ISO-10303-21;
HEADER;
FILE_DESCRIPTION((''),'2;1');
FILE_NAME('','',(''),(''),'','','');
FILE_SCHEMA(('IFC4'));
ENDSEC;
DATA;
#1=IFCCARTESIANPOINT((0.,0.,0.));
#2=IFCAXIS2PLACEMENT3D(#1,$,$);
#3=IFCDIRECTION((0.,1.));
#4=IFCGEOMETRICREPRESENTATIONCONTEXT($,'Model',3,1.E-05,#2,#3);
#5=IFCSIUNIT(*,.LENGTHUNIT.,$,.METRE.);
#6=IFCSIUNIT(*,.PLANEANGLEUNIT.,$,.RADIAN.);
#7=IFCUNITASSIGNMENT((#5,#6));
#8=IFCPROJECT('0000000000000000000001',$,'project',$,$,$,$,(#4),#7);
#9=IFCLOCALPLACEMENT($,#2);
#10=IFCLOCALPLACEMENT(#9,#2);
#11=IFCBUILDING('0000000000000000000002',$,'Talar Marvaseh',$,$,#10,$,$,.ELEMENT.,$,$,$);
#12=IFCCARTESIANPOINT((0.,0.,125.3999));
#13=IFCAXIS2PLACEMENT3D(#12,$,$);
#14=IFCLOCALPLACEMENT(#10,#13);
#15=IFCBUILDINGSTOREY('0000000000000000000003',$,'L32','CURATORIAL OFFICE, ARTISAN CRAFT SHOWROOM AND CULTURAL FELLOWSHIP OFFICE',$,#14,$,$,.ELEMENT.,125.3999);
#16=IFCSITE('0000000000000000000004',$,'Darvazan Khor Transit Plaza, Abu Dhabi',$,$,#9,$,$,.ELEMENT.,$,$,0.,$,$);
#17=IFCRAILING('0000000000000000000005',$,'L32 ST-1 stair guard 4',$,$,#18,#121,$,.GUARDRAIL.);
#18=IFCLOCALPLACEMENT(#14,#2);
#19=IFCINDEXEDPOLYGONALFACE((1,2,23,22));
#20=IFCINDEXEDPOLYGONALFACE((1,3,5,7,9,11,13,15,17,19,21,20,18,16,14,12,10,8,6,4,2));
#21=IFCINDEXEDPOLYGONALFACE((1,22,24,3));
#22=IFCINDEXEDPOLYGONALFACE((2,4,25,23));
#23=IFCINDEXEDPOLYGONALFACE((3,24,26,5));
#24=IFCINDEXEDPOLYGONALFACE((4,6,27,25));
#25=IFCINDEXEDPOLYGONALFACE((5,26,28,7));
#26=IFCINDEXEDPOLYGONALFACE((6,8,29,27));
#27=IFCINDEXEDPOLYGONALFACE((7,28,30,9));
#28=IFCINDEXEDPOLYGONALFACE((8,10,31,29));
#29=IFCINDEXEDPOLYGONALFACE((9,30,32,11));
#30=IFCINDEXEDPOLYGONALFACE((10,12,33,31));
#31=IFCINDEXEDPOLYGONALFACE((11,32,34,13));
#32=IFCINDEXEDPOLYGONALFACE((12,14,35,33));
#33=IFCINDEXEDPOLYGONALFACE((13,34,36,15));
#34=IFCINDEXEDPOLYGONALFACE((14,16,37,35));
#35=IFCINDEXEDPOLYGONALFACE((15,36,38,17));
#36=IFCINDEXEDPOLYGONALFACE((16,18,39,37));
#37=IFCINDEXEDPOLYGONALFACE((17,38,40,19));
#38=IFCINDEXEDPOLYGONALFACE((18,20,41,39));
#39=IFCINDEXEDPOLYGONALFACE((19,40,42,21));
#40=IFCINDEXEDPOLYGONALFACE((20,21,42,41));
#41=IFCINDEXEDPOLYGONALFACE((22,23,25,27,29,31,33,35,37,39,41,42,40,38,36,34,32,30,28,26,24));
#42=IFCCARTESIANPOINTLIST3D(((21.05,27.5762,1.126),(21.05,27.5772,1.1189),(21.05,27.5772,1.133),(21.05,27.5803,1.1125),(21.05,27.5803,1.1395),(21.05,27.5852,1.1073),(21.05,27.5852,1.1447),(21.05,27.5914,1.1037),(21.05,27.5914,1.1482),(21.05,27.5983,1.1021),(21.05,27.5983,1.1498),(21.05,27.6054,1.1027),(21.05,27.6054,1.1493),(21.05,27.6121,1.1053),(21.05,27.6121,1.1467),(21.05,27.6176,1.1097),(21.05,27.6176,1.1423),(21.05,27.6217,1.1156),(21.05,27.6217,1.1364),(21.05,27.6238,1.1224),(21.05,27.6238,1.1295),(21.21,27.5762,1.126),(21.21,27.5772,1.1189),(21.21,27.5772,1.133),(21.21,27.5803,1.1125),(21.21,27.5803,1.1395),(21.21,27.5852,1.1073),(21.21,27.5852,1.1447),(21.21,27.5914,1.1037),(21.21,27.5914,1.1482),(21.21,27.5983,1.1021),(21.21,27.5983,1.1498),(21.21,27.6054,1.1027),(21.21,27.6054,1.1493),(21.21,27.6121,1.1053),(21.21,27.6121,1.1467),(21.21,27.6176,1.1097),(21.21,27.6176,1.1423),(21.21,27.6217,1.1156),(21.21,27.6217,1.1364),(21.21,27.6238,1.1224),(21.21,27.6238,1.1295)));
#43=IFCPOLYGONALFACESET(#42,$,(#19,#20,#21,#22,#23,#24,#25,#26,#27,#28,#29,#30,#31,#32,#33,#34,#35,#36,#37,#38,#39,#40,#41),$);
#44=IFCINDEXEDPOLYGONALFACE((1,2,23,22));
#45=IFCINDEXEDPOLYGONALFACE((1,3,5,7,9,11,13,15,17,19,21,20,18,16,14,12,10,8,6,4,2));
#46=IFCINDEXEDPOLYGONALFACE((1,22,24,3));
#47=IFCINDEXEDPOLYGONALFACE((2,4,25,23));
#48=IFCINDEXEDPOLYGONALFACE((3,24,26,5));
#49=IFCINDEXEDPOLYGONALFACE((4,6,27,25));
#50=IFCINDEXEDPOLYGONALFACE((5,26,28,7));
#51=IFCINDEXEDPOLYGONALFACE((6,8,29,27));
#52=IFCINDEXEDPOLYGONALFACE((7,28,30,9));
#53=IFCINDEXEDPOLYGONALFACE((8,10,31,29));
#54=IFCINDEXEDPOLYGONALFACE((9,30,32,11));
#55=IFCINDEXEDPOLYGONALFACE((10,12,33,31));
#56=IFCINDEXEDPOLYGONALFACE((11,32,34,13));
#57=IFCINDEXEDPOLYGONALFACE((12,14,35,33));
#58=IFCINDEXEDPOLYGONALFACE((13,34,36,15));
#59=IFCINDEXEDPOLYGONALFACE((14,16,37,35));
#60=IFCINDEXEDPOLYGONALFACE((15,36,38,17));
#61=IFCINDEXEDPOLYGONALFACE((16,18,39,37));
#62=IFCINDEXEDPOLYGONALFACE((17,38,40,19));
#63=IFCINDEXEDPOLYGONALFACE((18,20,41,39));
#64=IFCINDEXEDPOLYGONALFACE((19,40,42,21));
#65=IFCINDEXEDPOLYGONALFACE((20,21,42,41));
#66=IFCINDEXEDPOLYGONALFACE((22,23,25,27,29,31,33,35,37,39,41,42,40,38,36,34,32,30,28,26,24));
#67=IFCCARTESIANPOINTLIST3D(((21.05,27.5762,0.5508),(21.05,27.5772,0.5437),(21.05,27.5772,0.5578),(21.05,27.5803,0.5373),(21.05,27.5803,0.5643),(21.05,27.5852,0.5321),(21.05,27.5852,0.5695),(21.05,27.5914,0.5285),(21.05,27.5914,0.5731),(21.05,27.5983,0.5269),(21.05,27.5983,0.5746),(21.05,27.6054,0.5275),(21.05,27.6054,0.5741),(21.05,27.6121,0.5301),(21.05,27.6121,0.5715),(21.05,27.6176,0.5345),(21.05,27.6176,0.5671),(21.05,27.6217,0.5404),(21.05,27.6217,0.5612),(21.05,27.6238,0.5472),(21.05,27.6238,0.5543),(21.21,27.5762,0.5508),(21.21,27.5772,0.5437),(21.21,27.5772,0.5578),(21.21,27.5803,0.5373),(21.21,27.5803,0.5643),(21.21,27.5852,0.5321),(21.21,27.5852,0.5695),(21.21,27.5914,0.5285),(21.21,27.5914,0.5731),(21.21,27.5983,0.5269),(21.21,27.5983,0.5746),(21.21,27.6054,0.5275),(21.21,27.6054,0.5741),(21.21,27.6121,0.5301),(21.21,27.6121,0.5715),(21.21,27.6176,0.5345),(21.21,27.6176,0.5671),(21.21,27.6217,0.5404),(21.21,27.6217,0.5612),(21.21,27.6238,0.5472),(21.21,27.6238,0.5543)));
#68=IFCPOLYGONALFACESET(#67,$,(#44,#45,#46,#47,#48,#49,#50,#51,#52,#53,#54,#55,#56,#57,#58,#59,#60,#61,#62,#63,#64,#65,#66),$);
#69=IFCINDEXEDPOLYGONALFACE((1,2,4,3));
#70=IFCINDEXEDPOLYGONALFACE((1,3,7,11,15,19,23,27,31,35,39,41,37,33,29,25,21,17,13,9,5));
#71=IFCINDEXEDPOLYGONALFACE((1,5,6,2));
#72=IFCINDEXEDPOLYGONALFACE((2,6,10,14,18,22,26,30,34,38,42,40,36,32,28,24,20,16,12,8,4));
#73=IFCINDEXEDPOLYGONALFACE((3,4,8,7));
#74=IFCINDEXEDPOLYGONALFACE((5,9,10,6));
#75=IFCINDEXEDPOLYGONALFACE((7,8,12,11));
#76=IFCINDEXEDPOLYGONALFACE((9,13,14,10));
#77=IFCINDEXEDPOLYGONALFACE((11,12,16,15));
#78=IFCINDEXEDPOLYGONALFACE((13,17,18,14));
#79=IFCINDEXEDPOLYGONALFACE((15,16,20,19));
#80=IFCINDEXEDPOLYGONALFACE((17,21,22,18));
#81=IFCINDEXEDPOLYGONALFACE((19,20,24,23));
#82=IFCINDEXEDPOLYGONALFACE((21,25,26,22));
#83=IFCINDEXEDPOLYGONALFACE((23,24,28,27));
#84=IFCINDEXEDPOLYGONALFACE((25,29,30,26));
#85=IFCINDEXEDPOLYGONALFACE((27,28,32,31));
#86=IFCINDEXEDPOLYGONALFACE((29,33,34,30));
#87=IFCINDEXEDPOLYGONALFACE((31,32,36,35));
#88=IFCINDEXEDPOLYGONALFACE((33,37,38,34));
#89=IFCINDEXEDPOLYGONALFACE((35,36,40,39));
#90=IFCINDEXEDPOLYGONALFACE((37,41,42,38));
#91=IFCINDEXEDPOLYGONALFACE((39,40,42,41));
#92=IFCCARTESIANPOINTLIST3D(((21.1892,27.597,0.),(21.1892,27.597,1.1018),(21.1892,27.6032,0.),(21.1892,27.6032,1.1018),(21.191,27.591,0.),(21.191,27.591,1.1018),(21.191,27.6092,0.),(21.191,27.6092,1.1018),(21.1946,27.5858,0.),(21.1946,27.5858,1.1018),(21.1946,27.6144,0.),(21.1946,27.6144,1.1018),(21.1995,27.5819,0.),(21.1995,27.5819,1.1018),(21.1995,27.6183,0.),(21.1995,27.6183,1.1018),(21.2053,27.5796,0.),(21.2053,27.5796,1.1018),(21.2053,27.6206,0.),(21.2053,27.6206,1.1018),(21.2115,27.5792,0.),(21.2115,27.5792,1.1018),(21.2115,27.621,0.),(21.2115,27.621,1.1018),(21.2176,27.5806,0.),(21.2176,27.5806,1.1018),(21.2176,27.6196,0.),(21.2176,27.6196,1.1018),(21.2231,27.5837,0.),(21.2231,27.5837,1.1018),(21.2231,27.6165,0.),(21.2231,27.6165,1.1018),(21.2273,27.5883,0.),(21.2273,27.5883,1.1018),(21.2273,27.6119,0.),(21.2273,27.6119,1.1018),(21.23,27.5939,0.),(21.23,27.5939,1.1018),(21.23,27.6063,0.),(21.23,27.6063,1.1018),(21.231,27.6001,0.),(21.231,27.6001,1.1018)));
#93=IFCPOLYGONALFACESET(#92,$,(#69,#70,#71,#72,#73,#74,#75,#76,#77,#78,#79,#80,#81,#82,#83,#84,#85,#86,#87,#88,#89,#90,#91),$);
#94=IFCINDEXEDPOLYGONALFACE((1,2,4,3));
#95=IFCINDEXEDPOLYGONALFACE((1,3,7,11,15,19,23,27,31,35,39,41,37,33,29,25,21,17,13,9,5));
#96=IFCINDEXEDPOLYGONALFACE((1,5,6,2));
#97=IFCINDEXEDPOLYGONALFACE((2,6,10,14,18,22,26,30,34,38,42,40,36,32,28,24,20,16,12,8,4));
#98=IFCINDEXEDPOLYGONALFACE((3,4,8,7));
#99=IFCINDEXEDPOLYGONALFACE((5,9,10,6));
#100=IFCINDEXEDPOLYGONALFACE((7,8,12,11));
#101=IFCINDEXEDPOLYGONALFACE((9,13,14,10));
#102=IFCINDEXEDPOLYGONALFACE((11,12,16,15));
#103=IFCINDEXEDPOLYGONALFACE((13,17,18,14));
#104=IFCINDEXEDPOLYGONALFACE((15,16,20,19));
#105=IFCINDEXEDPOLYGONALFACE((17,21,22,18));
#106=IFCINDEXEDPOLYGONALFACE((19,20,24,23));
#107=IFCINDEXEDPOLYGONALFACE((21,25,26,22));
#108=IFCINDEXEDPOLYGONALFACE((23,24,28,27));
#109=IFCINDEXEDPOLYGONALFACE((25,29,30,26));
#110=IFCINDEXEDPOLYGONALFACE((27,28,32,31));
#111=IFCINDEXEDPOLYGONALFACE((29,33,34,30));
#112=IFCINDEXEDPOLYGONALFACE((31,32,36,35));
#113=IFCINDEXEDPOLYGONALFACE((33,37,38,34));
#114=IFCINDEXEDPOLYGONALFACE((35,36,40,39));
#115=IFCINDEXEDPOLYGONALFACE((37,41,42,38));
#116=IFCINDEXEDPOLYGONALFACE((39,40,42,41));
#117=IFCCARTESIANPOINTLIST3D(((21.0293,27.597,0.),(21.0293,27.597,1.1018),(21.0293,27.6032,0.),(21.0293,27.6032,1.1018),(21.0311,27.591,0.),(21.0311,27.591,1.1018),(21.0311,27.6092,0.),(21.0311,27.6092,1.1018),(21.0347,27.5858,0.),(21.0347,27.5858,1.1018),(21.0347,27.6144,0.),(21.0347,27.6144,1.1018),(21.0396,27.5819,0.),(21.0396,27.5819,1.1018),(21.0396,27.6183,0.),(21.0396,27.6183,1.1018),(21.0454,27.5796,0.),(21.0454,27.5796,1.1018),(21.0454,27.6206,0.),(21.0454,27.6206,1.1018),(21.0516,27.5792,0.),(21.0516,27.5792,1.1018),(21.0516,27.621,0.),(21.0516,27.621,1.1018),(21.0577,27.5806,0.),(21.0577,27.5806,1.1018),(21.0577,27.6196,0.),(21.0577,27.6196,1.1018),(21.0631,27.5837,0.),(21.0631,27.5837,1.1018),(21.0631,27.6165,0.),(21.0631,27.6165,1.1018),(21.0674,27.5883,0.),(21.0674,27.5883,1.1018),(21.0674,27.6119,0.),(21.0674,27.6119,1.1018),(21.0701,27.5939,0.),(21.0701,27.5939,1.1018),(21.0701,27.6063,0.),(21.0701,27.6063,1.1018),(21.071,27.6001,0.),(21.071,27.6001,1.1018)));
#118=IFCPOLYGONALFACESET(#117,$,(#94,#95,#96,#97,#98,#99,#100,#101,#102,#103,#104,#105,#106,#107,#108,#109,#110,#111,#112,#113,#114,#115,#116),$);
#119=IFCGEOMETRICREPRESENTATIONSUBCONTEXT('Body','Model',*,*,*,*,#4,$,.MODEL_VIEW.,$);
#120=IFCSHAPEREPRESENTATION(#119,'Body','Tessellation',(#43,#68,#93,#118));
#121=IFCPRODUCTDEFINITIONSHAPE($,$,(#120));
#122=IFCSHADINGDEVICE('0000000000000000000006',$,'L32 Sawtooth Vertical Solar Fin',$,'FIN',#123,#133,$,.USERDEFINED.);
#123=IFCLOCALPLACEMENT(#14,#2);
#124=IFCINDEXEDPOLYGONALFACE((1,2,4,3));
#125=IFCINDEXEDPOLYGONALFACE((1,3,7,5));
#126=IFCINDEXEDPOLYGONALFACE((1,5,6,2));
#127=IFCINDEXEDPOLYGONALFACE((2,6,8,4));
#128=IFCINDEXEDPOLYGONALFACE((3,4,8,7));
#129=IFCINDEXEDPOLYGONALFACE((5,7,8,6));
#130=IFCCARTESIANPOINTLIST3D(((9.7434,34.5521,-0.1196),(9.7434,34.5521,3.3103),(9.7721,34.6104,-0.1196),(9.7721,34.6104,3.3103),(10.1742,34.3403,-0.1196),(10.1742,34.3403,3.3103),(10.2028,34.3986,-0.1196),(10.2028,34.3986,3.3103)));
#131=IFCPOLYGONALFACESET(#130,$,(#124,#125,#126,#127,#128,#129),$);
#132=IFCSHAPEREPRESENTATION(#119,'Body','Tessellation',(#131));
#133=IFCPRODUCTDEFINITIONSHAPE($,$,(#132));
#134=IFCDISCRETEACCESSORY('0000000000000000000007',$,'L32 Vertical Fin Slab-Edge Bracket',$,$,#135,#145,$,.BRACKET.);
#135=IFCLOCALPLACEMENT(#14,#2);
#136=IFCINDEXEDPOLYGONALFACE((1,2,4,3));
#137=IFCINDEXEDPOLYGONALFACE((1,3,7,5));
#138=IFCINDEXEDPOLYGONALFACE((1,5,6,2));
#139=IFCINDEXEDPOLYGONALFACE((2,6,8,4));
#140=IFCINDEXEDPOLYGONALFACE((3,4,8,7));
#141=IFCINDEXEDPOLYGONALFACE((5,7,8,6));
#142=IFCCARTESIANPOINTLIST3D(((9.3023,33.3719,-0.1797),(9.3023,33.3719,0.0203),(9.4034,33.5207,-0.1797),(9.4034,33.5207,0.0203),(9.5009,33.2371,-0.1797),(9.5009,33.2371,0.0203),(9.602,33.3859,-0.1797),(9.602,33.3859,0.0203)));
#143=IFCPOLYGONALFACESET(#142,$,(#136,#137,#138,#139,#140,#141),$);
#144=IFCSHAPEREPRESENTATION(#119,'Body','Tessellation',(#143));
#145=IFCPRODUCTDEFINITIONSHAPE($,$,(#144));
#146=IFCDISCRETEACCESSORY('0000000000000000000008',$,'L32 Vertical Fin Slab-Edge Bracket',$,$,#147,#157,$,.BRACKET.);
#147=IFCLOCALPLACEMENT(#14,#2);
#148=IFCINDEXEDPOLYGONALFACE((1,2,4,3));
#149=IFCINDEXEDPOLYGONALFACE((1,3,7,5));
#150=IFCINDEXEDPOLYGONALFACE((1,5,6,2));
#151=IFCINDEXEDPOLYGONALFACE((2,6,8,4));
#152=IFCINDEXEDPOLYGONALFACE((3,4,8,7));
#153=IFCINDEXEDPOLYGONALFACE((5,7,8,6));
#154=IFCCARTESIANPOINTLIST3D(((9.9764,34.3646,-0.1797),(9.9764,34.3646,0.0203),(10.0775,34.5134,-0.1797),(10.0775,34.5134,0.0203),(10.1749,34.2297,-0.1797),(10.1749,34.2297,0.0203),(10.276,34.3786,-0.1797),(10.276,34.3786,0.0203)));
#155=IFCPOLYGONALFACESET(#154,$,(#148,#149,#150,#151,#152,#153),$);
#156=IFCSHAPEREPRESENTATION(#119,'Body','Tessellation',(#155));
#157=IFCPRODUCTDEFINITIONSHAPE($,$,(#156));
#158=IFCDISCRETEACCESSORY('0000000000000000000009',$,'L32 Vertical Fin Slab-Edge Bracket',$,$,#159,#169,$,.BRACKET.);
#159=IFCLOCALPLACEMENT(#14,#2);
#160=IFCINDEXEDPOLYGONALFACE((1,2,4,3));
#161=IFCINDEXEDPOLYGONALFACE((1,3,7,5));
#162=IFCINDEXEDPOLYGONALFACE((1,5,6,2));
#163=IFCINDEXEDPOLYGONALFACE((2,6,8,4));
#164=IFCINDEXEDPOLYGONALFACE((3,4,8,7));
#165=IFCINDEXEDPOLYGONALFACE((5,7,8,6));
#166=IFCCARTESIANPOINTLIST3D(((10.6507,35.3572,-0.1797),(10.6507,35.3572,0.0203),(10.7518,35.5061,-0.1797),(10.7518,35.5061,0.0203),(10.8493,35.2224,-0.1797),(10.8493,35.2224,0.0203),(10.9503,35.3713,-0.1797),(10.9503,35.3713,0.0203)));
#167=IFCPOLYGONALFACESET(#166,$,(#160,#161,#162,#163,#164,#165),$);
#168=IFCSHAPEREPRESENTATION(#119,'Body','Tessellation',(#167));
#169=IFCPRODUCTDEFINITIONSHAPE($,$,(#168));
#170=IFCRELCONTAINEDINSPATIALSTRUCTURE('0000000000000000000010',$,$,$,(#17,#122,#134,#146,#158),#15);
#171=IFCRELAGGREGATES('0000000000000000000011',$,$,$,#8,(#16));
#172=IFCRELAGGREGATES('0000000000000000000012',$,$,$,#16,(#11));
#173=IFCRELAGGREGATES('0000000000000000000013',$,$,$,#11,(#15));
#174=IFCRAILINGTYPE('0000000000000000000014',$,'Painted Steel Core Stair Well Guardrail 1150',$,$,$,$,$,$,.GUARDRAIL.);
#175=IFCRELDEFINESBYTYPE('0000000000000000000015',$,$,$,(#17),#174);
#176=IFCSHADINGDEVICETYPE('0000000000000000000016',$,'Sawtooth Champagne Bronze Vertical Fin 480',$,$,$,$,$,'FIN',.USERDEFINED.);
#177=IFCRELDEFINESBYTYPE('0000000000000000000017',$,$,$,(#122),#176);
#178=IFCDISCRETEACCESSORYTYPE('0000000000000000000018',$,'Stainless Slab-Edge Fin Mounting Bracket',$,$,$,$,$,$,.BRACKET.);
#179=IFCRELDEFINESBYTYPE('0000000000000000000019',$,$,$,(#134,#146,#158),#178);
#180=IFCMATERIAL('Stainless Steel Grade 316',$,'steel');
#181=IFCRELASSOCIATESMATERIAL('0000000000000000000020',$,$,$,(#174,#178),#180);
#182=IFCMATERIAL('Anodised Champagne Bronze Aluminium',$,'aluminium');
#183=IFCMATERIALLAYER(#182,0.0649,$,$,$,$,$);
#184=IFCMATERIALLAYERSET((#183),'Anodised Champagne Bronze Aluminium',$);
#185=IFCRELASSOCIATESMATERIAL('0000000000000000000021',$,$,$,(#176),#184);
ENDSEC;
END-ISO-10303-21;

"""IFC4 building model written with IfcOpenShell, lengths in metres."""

from ifc_helpers import new_model, si_unit, direction, frame, origin, origin_2d, place, context, subcontext, project, spatial, rectangle, circle, extrude, source, transform, mapped, material, layer, layer_set, type_object, type_shapes, element, save


model = new_model("IFC4")

# Units and contexts
model_context = context("Model", 3, precision=1e-05, world=origin(), true_north=direction((0.0, 1.0)))
body_context = subcontext(model_context, "Body", "Model", "MODEL_VIEW")
ifc_project = project(units=[si_unit("LENGTHUNIT", "METRE"), si_unit("PLANEANGLEUNIT", "RADIAN")], contexts=[model_context])

# Site, building, storey
site_placement = place(None, origin())
site = spatial("IfcSite", under=ifc_project, at=site_placement, Name="Darvazan Khor Transit Plaza, Abu Dhabi", CompositionType="ELEMENT", RefElevation=0.0)
building_placement = place(site_placement, origin())
building = spatial("IfcBuilding", under=site, at=building_placement, Name="Talar Marvaseh", CompositionType="ELEMENT")
storey_placement = place(building_placement, frame((0.0, 0.0, 125.3999)))
storey = spatial("IfcBuildingStorey", under=building, at=storey_placement, Name="L32", Description="CURATORIAL OFFICE, ARTISAN CRAFT SHOWROOM AND CULTURAL FELLOWSHIP OFFICE", CompositionType="ELEMENT", Elevation=125.3999)

# Railing
ifc_material_1 = material(Name="Stainless Steel Grade 316", Category="steel")
railing_type_1 = type_object("IfcRailingType", Name="Painted Steel Core Stair Well Guardrail 1150", PredefinedType="GUARDRAIL", material=ifc_material_1)
railing_1_placement = place(storey_placement, frame((21.21, 27.6001, 0.0)))
element("IfcRailing", 1, at=railing_1_placement, inside=storey, type_object=railing_type_1, Name="L32 ST-1 stair guard 4", PredefinedType="GUARDRAIL", context=body_context, shape_type="SweptSolid", body=[
    extrude(circle(Radius=0.0239, at=origin_2d()), frame((0.0, 0.0, 1.126), z_axis=(-1.0, 0.0, 0.0), x_axis=(0.0, -1.0, 0.0)), (0.0, 0.0, 1.0), 0.1599),
    extrude(circle(Radius=0.0239, at=origin_2d()), frame((0.0, 0.0, 0.5508), z_axis=(-1.0, 0.0, 0.0), x_axis=(0.0, -1.0, 0.0)), (0.0, 0.0, 1.0), 0.1599),
    extrude(circle(Radius=0.021, at=origin_2d()), origin(), (0.0, 0.0, 1.0), 1.1018),
    extrude(circle(Radius=0.021, at=origin_2d()), frame((-0.1599, 0.0, 0.0)), (0.0, 0.0, 1.0), 1.1018),
])

# Shading device
ifc_material_2 = material(Name="Anodised Champagne Bronze Aluminium", Category="aluminium")
ifc_layer_1 = layer(ifc_material_2, 0.0649)
ifc_layer_set_1 = layer_set([ifc_layer_1], Name="Anodised Champagne Bronze Aluminium")
shading_device_type = type_object("IfcShadingDeviceType", Name="Sawtooth Champagne Bronze Vertical Fin 480", ElementType="FIN", PredefinedType="USERDEFINED", material=ifc_layer_set_1)
shared_shape_1 = source(origin(), body_context, "Body", "SweptSolid", [
    extrude(rectangle(XDim=0.48, YDim=0.0649, at=origin_2d()), origin(), (0.0, 0.0, 1.0), 3.4299),
])
type_shapes(shading_device_type, [shared_shape_1])
shading_device_placement = place(storey_placement, frame((9.9731, 34.4753, -0.1196), z_axis=(0.0, 0.0, 1.0), x_axis=(-0.897412, 0.441193, 0.0)))
element("IfcShadingDevice", 2, at=shading_device_placement, inside=storey, type_object=shading_device_type, Name="L32 Sawtooth Vertical Solar Fin", ObjectType="FIN", PredefinedType="USERDEFINED", context=body_context, shape_type="MappedRepresentation", body=[
    mapped(shared_shape_1, transform((0.0, 0.0, 0.0), x_axis=(1.0, 0.0, 0.0), y_axis=(0.0, 1.0, 0.0), z_axis=(0.0, 0.0, 1.0), scale=1.0)),
])

# Discrete accessories
discrete_accessory_type = type_object("IfcDiscreteAccessoryType", Name="Stainless Slab-Edge Fin Mounting Bracket", PredefinedType="BRACKET", material=ifc_material_1)
shared_shape_2 = source(origin(), body_context, "Body", "SweptSolid", [
    extrude(rectangle(XDim=0.24, YDim=0.1799, at=origin_2d()), origin(), (0.0, 0.0, 1.0), 0.2),
])
type_shapes(discrete_accessory_type, [shared_shape_2])
for number, where, z_axis, x_axis, name in (
    (3, (9.4521, 33.3789, -0.1797), (0.0, 0.0, 1.0), (-0.827277, 0.561795, 0.0), "L32 Vertical Fin Slab-Edge Bracket"),
    (4, (10.1262, 34.3716, -0.1797), (0.0, 0.0, 1.0), (-0.827277, 0.561795, 0.0), "L32 Vertical Fin Slab-Edge Bracket"),
    (5, (10.8005, 35.3643, -0.1797), (0.0, 0.0, 1.0), (-0.827277, 0.561795, 0.0), "L32 Vertical Fin Slab-Edge Bracket"),
):
    element("IfcDiscreteAccessory", number, at=place(storey_placement, frame(where, z_axis=z_axis, x_axis=x_axis)), inside=storey, type_object=discrete_accessory_type, Name=name, PredefinedType="BRACKET", context=body_context, shape_type="MappedRepresentation", body=[
        mapped(shared_shape_2, transform((0.0, 0.0, 0.0), x_axis=(1.0, 0.0, 0.0), y_axis=(0.0, 1.0, 0.0), z_axis=(0.0, 0.0, 1.0), scale=1.0)),
    ])

save(model, "model.ifc")
